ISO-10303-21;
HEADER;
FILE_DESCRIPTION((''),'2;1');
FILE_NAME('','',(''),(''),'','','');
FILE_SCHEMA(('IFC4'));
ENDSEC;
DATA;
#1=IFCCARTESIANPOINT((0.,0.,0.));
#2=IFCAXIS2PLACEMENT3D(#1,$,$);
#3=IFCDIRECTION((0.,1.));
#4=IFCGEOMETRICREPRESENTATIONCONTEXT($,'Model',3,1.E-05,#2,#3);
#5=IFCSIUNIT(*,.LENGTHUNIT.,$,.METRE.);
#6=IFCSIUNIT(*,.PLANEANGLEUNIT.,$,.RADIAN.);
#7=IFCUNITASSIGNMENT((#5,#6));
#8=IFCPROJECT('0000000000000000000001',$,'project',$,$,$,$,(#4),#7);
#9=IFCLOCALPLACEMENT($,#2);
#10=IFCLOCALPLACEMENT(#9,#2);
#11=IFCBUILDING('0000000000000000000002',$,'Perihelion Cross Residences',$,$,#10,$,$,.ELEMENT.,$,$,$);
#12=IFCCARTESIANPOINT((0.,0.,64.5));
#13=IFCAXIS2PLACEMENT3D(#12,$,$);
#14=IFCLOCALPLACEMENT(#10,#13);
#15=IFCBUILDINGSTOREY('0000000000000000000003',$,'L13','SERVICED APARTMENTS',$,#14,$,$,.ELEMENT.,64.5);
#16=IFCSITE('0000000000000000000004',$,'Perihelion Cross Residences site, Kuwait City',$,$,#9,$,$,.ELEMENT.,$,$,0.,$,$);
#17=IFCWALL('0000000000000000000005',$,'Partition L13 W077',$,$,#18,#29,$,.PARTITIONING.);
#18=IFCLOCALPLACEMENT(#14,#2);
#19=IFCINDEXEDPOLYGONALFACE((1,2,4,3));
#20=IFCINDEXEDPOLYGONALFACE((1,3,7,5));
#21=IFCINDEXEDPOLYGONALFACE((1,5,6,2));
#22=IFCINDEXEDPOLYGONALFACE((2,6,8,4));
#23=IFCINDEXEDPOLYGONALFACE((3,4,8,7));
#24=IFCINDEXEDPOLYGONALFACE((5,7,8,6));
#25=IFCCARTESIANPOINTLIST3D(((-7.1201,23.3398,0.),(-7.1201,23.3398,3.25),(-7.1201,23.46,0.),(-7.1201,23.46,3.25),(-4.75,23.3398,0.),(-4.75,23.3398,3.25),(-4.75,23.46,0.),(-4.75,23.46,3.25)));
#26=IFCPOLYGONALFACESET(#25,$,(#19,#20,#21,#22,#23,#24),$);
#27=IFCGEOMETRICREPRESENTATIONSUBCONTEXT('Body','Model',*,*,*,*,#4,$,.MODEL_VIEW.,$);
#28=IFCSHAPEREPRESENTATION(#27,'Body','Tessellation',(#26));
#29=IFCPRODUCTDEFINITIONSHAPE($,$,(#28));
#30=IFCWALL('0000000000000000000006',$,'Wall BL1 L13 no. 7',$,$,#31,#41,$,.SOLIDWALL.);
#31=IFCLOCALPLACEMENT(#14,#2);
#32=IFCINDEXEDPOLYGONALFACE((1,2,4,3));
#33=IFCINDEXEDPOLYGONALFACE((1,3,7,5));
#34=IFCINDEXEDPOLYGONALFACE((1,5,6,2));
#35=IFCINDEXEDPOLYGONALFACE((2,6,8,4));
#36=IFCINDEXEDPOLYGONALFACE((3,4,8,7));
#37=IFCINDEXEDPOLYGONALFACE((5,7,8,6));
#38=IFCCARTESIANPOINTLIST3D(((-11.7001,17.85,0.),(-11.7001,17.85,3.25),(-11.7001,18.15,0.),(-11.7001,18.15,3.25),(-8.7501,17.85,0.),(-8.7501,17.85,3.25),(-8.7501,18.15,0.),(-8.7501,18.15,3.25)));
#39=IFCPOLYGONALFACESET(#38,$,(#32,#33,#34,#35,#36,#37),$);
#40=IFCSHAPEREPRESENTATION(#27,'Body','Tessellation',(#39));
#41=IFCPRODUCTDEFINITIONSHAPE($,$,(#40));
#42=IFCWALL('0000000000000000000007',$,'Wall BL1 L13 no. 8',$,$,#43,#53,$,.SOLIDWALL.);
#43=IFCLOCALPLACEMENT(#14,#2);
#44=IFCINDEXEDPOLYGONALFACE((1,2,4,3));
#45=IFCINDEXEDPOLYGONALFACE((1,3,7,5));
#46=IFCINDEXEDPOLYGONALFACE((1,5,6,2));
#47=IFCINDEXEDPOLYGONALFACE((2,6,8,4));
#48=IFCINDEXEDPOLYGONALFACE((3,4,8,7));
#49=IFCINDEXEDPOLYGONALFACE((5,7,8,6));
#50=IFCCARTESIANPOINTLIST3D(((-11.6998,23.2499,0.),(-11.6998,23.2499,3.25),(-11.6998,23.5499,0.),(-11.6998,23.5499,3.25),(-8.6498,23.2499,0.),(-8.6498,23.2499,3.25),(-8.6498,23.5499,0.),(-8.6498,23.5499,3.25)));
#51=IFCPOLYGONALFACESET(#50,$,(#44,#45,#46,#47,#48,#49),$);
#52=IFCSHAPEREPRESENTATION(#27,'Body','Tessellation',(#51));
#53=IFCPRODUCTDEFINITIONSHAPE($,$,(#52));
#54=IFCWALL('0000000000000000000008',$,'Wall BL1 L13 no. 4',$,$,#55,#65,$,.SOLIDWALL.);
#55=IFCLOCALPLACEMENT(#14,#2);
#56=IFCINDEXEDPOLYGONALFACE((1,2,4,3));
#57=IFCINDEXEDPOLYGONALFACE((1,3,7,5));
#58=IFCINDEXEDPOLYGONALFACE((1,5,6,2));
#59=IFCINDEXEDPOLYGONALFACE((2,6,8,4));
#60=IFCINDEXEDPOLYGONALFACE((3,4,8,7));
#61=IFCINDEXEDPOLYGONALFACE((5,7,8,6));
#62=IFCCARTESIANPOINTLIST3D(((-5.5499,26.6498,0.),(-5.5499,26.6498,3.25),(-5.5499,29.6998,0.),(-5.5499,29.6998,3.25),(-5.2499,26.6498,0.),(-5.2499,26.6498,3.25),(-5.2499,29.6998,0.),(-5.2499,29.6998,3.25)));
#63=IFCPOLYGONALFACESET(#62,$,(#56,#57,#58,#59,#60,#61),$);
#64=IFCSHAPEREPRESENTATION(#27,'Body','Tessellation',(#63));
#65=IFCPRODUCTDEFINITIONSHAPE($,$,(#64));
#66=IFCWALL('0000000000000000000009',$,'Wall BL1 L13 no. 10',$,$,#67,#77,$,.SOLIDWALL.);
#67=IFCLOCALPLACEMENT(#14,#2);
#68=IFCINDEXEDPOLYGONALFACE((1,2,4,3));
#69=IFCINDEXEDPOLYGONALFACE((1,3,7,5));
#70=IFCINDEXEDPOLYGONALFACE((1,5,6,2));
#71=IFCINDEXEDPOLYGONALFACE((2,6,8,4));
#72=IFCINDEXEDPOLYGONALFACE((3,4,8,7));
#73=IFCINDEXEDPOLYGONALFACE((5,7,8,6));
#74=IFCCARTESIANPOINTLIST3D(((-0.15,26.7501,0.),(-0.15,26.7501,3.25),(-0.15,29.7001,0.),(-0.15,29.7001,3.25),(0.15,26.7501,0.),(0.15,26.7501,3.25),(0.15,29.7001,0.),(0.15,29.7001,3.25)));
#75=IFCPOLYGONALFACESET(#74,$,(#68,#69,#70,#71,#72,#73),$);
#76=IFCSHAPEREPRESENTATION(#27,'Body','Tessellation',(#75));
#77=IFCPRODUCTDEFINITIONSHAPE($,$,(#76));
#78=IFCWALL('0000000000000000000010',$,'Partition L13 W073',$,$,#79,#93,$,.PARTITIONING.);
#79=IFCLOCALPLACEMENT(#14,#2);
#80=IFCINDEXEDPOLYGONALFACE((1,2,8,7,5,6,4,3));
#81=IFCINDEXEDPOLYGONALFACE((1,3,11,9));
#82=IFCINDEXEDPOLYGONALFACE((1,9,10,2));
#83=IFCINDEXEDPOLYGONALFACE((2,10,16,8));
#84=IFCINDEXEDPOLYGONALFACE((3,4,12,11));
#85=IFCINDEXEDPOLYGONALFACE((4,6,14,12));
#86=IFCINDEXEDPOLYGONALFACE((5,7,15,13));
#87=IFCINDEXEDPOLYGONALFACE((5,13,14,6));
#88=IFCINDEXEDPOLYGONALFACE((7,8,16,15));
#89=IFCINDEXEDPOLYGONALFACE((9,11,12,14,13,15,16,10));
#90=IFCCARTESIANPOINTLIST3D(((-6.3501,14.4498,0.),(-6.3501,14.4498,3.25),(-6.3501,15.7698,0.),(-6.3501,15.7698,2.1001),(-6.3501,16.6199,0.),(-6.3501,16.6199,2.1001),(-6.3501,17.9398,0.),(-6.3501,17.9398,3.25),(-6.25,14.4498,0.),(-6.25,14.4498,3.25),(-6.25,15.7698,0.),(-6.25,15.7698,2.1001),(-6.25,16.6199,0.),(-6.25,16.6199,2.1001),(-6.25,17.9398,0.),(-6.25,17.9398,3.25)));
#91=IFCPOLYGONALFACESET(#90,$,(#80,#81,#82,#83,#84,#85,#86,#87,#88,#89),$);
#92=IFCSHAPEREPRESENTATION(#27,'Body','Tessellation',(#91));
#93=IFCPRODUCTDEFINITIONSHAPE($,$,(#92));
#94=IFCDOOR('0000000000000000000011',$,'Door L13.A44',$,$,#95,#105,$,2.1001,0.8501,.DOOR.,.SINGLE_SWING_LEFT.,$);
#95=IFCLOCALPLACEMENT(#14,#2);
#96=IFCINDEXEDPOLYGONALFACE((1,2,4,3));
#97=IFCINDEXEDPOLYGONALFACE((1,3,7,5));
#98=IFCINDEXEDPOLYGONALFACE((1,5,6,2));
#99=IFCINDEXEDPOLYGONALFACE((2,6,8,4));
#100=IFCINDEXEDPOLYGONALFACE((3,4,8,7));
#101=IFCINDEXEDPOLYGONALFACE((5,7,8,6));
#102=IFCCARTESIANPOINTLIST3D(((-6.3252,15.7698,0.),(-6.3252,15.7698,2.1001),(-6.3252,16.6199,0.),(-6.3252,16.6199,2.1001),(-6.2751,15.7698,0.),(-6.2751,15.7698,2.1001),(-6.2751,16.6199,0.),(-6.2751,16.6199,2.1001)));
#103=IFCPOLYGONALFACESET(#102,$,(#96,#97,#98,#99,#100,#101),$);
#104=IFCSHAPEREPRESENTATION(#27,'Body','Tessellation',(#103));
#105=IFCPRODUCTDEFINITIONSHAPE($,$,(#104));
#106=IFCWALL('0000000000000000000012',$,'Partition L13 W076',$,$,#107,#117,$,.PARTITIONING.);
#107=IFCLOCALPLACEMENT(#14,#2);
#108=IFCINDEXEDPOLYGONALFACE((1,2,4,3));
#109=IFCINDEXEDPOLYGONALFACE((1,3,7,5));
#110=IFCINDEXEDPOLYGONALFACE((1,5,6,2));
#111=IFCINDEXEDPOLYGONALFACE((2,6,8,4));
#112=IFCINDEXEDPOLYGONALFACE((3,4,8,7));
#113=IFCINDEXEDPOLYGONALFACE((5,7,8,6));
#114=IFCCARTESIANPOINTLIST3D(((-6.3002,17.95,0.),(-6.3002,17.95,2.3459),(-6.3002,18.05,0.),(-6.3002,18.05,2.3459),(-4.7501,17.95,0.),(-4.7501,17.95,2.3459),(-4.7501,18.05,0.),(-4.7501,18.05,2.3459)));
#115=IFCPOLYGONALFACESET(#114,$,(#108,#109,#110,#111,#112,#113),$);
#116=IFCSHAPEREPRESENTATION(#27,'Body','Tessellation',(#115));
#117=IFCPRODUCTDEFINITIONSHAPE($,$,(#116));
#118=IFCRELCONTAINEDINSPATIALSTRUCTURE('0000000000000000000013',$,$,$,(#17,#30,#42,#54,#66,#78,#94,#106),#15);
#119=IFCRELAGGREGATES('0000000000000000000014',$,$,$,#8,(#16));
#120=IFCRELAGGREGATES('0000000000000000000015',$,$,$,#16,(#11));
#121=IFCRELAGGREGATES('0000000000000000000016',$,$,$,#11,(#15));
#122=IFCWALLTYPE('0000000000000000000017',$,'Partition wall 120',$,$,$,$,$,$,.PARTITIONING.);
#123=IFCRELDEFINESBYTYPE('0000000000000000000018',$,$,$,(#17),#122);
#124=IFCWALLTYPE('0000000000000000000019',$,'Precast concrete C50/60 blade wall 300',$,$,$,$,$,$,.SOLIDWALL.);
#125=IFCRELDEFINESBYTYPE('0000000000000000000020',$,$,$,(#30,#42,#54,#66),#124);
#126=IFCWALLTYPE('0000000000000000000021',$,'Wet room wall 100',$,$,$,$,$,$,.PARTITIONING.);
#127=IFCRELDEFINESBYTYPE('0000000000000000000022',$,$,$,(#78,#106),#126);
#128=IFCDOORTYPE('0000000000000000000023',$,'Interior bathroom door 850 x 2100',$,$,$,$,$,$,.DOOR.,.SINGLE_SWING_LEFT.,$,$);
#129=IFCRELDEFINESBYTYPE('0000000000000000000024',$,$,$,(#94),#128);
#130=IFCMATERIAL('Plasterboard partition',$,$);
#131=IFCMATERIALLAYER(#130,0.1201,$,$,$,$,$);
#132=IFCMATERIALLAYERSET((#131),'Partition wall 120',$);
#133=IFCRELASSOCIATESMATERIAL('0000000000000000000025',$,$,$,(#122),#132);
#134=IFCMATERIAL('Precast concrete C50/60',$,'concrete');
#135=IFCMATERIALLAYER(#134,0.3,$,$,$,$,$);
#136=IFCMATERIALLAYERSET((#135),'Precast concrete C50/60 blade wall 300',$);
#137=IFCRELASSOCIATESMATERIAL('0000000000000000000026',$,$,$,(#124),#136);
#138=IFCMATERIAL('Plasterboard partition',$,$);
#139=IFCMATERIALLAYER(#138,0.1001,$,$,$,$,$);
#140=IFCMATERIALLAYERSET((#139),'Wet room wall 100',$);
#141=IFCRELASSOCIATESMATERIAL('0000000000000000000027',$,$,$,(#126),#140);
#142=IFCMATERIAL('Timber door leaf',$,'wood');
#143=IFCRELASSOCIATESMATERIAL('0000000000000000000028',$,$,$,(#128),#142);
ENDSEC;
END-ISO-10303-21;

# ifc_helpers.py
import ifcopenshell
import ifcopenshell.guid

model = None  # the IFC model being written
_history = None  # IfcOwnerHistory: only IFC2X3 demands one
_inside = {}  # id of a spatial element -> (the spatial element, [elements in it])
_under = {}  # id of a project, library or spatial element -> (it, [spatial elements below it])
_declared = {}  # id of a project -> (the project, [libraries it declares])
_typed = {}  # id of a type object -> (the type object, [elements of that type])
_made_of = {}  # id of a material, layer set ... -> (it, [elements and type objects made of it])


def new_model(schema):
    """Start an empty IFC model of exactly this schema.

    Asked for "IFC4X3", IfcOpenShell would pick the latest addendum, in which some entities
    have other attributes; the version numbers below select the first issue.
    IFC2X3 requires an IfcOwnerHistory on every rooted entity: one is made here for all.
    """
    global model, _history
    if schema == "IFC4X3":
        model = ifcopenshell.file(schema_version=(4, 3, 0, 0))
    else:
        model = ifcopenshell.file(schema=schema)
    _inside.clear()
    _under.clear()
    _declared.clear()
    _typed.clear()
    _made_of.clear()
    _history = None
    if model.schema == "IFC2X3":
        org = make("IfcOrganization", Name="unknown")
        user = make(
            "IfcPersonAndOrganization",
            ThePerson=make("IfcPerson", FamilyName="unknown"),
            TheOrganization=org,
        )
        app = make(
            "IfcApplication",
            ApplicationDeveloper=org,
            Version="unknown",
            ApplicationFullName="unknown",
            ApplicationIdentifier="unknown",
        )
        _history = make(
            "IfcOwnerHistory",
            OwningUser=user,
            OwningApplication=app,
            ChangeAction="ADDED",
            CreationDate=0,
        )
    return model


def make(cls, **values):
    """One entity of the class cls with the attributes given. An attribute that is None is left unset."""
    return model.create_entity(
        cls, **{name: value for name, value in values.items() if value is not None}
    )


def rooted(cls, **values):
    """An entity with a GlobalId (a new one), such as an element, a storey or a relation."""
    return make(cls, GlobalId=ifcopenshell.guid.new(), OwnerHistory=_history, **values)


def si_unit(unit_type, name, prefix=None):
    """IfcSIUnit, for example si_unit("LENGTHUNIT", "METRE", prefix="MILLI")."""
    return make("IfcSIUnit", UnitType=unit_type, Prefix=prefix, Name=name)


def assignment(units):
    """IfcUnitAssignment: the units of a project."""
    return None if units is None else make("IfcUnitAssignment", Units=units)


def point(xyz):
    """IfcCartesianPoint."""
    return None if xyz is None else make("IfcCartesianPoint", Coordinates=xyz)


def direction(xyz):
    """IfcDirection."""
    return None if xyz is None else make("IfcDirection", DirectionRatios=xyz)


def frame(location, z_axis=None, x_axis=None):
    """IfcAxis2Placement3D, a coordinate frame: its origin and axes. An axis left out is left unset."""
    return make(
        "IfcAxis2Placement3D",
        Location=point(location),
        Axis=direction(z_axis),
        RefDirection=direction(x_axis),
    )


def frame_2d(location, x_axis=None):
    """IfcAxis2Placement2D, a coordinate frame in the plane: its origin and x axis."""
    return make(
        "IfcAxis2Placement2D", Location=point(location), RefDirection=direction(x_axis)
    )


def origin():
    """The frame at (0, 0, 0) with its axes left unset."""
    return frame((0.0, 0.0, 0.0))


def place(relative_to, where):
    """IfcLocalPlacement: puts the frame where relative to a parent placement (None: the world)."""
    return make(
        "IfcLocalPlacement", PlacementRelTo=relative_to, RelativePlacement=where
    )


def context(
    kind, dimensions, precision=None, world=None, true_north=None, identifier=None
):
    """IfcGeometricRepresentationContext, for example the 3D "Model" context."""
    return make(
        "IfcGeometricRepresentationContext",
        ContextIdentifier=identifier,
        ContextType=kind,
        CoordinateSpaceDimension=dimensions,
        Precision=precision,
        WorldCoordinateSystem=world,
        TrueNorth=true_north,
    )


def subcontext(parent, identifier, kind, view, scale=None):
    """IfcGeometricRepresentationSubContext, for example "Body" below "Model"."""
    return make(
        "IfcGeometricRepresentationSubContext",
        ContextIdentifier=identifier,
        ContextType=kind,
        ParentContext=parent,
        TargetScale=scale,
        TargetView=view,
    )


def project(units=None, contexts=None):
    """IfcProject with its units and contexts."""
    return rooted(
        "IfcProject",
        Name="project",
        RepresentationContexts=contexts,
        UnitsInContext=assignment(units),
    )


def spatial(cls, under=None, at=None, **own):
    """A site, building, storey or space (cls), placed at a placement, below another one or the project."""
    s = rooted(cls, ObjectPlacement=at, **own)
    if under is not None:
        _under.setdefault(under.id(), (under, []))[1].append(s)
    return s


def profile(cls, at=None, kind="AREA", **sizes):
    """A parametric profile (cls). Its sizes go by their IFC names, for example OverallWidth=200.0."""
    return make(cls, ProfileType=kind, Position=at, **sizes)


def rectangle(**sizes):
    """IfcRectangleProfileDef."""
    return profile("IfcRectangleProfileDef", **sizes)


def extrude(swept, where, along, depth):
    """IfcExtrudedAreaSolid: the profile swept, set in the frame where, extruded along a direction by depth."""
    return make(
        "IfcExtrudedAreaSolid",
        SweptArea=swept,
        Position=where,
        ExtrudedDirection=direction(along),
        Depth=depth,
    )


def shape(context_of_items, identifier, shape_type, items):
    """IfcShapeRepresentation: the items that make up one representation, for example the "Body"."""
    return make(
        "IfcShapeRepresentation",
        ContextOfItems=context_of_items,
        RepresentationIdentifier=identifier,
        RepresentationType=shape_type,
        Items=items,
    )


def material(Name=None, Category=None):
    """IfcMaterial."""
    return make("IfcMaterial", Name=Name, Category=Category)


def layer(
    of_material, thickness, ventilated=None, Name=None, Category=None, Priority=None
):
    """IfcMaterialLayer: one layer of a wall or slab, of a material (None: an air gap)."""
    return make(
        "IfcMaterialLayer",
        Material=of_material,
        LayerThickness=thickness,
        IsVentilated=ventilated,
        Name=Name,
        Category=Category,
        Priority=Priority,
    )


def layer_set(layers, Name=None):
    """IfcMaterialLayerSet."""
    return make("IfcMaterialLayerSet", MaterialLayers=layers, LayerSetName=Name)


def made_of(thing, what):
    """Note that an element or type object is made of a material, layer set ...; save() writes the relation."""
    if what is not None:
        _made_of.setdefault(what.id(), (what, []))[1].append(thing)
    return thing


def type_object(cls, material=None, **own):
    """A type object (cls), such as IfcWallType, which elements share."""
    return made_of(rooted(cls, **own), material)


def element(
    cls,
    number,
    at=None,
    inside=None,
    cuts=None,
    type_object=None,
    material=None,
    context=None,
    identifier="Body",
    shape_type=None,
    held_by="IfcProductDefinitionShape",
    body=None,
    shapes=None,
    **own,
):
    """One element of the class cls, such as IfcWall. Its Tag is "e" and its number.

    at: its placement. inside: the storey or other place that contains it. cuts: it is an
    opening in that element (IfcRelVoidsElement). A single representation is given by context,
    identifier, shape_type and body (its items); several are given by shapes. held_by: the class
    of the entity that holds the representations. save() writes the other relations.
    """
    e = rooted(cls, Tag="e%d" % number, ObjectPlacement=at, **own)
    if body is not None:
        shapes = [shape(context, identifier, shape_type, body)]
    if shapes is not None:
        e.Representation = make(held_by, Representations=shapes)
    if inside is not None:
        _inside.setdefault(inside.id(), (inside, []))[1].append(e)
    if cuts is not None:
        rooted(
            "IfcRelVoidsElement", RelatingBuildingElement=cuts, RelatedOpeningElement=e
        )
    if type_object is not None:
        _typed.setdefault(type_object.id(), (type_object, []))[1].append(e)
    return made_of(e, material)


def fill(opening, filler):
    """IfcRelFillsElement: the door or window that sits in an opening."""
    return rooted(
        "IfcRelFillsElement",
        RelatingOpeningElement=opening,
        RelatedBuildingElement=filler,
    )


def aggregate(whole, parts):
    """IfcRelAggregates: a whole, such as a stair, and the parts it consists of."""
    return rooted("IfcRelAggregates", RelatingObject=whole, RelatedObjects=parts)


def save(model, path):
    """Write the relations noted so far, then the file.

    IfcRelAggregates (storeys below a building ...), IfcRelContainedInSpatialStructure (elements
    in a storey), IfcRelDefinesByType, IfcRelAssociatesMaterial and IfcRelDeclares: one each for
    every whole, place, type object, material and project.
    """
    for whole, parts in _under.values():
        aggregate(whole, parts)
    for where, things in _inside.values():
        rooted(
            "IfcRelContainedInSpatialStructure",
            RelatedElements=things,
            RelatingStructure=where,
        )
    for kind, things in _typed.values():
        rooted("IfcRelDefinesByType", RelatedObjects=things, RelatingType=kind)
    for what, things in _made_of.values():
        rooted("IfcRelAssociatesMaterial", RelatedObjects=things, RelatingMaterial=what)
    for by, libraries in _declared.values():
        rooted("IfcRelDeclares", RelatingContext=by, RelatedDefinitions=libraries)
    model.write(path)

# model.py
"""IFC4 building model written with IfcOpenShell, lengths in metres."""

from ifc_helpers import new_model, si_unit, direction, frame, frame_2d, origin, place, context, subcontext, project, spatial, rectangle, extrude, material, layer, layer_set, type_object, element, fill, save


model = new_model("IFC4")

# Units and contexts
model_context = context("Model", 3, precision=1e-05, world=origin(), true_north=direction((0.0, 1.0)))
body_context = subcontext(model_context, "Body", "Model", "MODEL_VIEW")
ifc_project = project(units=[si_unit("LENGTHUNIT", "METRE"), si_unit("PLANEANGLEUNIT", "RADIAN")], contexts=[model_context])

# Site, building, storey
site_placement = place(None, origin())
site = spatial("IfcSite", under=ifc_project, at=site_placement, Name="Perihelion Cross Residences site, Kuwait City", CompositionType="ELEMENT", RefElevation=0.0)
building_placement = place(site_placement, origin())
building = spatial("IfcBuilding", under=site, at=building_placement, Name="Perihelion Cross Residences", CompositionType="ELEMENT")
storey_placement = place(building_placement, frame((0.0, 0.0, 64.5)))
storey = spatial("IfcBuildingStorey", under=building, at=storey_placement, Name="L13", Description="SERVICED APARTMENTS", CompositionType="ELEMENT", Elevation=64.5)

# Shared definitions
ifc_material_1 = material(Name="Plasterboard partition")
ifc_layer_1 = layer(ifc_material_1, 0.1201)
ifc_layer_set_1 = layer_set([ifc_layer_1], Name="Partition wall 120")
wall_type_1 = type_object("IfcWallType", Name="Partition wall 120", PredefinedType="PARTITIONING", material=ifc_layer_set_1)

# Walls
wall_1_placement = place(storey_placement, frame((-7.1201, 23.3999, 0.0), z_axis=(0.0, 0.0, 1.0), x_axis=(1.0, 0.0, 0.0)))
element("IfcWall", 1, at=wall_1_placement, inside=storey, type_object=wall_type_1, Name="Partition L13 W077", PredefinedType="PARTITIONING", context=body_context, shape_type="SweptSolid", body=[
    extrude(rectangle(XDim=2.3701, YDim=0.1201, at=frame_2d((1.1851, 0.0))), origin(), (0.0, 0.0, 1.0), 3.25),
])
ifc_material_2 = material(Name="Precast concrete C50/60", Category="concrete")
ifc_layer_2 = layer(ifc_material_2, 0.3)
ifc_layer_set_2 = layer_set([ifc_layer_2], Name="Precast concrete C50/60 blade wall 300")
wall_type_2 = type_object("IfcWallType", Name="Precast concrete C50/60 blade wall 300", PredefinedType="SOLIDWALL", material=ifc_layer_set_2)
wall_2_placement = place(storey_placement, frame((-8.75, 18.0, 0.0), z_axis=(0.0, 0.0, 1.0), x_axis=(-1.0, 0.0, 0.0)))
element("IfcWall", 2, at=wall_2_placement, inside=storey, type_object=wall_type_2, Name="Wall BL1 L13 no. 7", PredefinedType="SOLIDWALL", context=body_context, shape_type="SweptSolid", body=[
    extrude(rectangle(XDim=2.95, YDim=0.3, at=frame_2d((1.4751, 0.0))), origin(), (0.0, 0.0, 1.0), 3.25),
])
for number, where, z_axis, x_axis, name in (
    (3, (-8.6499, 23.3999, 0.0), (0.0, 0.0, 1.0), (-1.0, 0.0, 0.0), "Wall BL1 L13 no. 8"),
    (4, (-5.3999, 26.6499, 0.0), (0.0, 0.0, 1.0), (0.0, 1.0, 0.0), "Wall BL1 L13 no. 4"),
):
    element("IfcWall", number, at=place(storey_placement, frame(where, z_axis=z_axis, x_axis=x_axis)), inside=storey, type_object=wall_type_2, Name=name, PredefinedType="SOLIDWALL", context=body_context, shape_type="SweptSolid", body=[
        extrude(rectangle(XDim=3.05, YDim=0.3, at=frame_2d((1.5249, 0.0))), origin(), (0.0, 0.0, 1.0), 3.25),
    ])
wall_3_placement = place(storey_placement, frame((0.0, 26.75, 0.0), z_axis=(0.0, 0.0, 1.0), x_axis=(0.0, 1.0, 0.0)))
element("IfcWall", 5, at=wall_3_placement, inside=storey, type_object=wall_type_2, Name="Wall BL1 L13 no. 10", PredefinedType="SOLIDWALL", context=body_context, shape_type="SweptSolid", body=[
    extrude(rectangle(XDim=2.95, YDim=0.3, at=frame_2d((1.4751, 0.0))), origin(), (0.0, 0.0, 1.0), 3.25),
])

# Wall, opening, door
ifc_material_3 = material(Name="Plasterboard partition")
ifc_layer_3 = layer(ifc_material_3, 0.1001)
ifc_layer_set_3 = layer_set([ifc_layer_3], Name="Wet room wall 100")
wall_type_3 = type_object("IfcWallType", Name="Wet room wall 100", PredefinedType="PARTITIONING", material=ifc_layer_set_3)
wall_4_placement = place(storey_placement, frame((-6.3, 17.9399, 0.0), z_axis=(0.0, 0.0, 1.0), x_axis=(0.0, -1.0, 0.0)))
wall_4 = element("IfcWall", 6, at=wall_4_placement, inside=storey, type_object=wall_type_3, Name="Partition L13 W073", PredefinedType="PARTITIONING", context=body_context, shape_type="SweptSolid", body=[
    extrude(rectangle(XDim=3.49, YDim=0.1001, at=frame_2d((1.7451, 0.0))), origin(), (0.0, 0.0, 1.0), 3.25),
])
opening_1_placement = place(wall_4_placement, frame((1.3201, 0.0, 0.0)))
opening_1 = element("IfcOpeningElement", 7, at=opening_1_placement, cuts=wall_4, PredefinedType="OPENING", context=body_context, shape_type="SweptSolid", body=[
    extrude(rectangle(XDim=0.8501, YDim=2.1001, at=frame_2d((0.425, 1.05))), frame((0.0, 0.0601, 0.0), z_axis=(0.0, -1.0, 0.0), x_axis=(1.0, 0.0, 0.0)), (0.0, 0.0, 1.0), 0.1201),
])
ifc_material_4 = material(Name="Timber door leaf", Category="wood")
door_type_1 = type_object("IfcDoorType", Name="Interior bathroom door 850 x 2100", OperationType="SINGLE_SWING_LEFT", PredefinedType="DOOR", material=ifc_material_4)
door_1_placement = place(opening_1_placement, origin())
door_1 = element("IfcDoor", 8, at=door_1_placement, inside=storey, type_object=door_type_1, Name="Door L13.A44", OperationType="SINGLE_SWING_LEFT", OverallHeight=2.1001, OverallWidth=0.8501, PredefinedType="DOOR", context=body_context, shape_type="SweptSolid", body=[
    extrude(rectangle(XDim=0.8501, YDim=2.1001, at=frame_2d((0.425, 1.05))), frame((0.0, 0.0249, 0.0), z_axis=(0.0, -1.0, 0.0), x_axis=(1.0, 0.0, 0.0)), (0.0, 0.0, 1.0), 0.05),
])
fill(opening_1, door_1)

# Wall
wall_5_placement = place(storey_placement, frame((-6.3, 18.0, 0.0), z_axis=(0.0, 0.0, 1.0), x_axis=(1.0, 0.0, 0.0)))
element("IfcWall", 9, at=wall_5_placement, inside=storey, type_object=wall_type_3, Name="Partition L13 W076", PredefinedType="PARTITIONING", context=body_context, shape_type="SweptSolid", body=[
    extrude(rectangle(XDim=1.55, YDim=0.1001, at=frame_2d((0.7749, 0.0))), origin(), (0.0, 0.0, 1.0), 2.3459),
])

save(model, "model.ifc")
